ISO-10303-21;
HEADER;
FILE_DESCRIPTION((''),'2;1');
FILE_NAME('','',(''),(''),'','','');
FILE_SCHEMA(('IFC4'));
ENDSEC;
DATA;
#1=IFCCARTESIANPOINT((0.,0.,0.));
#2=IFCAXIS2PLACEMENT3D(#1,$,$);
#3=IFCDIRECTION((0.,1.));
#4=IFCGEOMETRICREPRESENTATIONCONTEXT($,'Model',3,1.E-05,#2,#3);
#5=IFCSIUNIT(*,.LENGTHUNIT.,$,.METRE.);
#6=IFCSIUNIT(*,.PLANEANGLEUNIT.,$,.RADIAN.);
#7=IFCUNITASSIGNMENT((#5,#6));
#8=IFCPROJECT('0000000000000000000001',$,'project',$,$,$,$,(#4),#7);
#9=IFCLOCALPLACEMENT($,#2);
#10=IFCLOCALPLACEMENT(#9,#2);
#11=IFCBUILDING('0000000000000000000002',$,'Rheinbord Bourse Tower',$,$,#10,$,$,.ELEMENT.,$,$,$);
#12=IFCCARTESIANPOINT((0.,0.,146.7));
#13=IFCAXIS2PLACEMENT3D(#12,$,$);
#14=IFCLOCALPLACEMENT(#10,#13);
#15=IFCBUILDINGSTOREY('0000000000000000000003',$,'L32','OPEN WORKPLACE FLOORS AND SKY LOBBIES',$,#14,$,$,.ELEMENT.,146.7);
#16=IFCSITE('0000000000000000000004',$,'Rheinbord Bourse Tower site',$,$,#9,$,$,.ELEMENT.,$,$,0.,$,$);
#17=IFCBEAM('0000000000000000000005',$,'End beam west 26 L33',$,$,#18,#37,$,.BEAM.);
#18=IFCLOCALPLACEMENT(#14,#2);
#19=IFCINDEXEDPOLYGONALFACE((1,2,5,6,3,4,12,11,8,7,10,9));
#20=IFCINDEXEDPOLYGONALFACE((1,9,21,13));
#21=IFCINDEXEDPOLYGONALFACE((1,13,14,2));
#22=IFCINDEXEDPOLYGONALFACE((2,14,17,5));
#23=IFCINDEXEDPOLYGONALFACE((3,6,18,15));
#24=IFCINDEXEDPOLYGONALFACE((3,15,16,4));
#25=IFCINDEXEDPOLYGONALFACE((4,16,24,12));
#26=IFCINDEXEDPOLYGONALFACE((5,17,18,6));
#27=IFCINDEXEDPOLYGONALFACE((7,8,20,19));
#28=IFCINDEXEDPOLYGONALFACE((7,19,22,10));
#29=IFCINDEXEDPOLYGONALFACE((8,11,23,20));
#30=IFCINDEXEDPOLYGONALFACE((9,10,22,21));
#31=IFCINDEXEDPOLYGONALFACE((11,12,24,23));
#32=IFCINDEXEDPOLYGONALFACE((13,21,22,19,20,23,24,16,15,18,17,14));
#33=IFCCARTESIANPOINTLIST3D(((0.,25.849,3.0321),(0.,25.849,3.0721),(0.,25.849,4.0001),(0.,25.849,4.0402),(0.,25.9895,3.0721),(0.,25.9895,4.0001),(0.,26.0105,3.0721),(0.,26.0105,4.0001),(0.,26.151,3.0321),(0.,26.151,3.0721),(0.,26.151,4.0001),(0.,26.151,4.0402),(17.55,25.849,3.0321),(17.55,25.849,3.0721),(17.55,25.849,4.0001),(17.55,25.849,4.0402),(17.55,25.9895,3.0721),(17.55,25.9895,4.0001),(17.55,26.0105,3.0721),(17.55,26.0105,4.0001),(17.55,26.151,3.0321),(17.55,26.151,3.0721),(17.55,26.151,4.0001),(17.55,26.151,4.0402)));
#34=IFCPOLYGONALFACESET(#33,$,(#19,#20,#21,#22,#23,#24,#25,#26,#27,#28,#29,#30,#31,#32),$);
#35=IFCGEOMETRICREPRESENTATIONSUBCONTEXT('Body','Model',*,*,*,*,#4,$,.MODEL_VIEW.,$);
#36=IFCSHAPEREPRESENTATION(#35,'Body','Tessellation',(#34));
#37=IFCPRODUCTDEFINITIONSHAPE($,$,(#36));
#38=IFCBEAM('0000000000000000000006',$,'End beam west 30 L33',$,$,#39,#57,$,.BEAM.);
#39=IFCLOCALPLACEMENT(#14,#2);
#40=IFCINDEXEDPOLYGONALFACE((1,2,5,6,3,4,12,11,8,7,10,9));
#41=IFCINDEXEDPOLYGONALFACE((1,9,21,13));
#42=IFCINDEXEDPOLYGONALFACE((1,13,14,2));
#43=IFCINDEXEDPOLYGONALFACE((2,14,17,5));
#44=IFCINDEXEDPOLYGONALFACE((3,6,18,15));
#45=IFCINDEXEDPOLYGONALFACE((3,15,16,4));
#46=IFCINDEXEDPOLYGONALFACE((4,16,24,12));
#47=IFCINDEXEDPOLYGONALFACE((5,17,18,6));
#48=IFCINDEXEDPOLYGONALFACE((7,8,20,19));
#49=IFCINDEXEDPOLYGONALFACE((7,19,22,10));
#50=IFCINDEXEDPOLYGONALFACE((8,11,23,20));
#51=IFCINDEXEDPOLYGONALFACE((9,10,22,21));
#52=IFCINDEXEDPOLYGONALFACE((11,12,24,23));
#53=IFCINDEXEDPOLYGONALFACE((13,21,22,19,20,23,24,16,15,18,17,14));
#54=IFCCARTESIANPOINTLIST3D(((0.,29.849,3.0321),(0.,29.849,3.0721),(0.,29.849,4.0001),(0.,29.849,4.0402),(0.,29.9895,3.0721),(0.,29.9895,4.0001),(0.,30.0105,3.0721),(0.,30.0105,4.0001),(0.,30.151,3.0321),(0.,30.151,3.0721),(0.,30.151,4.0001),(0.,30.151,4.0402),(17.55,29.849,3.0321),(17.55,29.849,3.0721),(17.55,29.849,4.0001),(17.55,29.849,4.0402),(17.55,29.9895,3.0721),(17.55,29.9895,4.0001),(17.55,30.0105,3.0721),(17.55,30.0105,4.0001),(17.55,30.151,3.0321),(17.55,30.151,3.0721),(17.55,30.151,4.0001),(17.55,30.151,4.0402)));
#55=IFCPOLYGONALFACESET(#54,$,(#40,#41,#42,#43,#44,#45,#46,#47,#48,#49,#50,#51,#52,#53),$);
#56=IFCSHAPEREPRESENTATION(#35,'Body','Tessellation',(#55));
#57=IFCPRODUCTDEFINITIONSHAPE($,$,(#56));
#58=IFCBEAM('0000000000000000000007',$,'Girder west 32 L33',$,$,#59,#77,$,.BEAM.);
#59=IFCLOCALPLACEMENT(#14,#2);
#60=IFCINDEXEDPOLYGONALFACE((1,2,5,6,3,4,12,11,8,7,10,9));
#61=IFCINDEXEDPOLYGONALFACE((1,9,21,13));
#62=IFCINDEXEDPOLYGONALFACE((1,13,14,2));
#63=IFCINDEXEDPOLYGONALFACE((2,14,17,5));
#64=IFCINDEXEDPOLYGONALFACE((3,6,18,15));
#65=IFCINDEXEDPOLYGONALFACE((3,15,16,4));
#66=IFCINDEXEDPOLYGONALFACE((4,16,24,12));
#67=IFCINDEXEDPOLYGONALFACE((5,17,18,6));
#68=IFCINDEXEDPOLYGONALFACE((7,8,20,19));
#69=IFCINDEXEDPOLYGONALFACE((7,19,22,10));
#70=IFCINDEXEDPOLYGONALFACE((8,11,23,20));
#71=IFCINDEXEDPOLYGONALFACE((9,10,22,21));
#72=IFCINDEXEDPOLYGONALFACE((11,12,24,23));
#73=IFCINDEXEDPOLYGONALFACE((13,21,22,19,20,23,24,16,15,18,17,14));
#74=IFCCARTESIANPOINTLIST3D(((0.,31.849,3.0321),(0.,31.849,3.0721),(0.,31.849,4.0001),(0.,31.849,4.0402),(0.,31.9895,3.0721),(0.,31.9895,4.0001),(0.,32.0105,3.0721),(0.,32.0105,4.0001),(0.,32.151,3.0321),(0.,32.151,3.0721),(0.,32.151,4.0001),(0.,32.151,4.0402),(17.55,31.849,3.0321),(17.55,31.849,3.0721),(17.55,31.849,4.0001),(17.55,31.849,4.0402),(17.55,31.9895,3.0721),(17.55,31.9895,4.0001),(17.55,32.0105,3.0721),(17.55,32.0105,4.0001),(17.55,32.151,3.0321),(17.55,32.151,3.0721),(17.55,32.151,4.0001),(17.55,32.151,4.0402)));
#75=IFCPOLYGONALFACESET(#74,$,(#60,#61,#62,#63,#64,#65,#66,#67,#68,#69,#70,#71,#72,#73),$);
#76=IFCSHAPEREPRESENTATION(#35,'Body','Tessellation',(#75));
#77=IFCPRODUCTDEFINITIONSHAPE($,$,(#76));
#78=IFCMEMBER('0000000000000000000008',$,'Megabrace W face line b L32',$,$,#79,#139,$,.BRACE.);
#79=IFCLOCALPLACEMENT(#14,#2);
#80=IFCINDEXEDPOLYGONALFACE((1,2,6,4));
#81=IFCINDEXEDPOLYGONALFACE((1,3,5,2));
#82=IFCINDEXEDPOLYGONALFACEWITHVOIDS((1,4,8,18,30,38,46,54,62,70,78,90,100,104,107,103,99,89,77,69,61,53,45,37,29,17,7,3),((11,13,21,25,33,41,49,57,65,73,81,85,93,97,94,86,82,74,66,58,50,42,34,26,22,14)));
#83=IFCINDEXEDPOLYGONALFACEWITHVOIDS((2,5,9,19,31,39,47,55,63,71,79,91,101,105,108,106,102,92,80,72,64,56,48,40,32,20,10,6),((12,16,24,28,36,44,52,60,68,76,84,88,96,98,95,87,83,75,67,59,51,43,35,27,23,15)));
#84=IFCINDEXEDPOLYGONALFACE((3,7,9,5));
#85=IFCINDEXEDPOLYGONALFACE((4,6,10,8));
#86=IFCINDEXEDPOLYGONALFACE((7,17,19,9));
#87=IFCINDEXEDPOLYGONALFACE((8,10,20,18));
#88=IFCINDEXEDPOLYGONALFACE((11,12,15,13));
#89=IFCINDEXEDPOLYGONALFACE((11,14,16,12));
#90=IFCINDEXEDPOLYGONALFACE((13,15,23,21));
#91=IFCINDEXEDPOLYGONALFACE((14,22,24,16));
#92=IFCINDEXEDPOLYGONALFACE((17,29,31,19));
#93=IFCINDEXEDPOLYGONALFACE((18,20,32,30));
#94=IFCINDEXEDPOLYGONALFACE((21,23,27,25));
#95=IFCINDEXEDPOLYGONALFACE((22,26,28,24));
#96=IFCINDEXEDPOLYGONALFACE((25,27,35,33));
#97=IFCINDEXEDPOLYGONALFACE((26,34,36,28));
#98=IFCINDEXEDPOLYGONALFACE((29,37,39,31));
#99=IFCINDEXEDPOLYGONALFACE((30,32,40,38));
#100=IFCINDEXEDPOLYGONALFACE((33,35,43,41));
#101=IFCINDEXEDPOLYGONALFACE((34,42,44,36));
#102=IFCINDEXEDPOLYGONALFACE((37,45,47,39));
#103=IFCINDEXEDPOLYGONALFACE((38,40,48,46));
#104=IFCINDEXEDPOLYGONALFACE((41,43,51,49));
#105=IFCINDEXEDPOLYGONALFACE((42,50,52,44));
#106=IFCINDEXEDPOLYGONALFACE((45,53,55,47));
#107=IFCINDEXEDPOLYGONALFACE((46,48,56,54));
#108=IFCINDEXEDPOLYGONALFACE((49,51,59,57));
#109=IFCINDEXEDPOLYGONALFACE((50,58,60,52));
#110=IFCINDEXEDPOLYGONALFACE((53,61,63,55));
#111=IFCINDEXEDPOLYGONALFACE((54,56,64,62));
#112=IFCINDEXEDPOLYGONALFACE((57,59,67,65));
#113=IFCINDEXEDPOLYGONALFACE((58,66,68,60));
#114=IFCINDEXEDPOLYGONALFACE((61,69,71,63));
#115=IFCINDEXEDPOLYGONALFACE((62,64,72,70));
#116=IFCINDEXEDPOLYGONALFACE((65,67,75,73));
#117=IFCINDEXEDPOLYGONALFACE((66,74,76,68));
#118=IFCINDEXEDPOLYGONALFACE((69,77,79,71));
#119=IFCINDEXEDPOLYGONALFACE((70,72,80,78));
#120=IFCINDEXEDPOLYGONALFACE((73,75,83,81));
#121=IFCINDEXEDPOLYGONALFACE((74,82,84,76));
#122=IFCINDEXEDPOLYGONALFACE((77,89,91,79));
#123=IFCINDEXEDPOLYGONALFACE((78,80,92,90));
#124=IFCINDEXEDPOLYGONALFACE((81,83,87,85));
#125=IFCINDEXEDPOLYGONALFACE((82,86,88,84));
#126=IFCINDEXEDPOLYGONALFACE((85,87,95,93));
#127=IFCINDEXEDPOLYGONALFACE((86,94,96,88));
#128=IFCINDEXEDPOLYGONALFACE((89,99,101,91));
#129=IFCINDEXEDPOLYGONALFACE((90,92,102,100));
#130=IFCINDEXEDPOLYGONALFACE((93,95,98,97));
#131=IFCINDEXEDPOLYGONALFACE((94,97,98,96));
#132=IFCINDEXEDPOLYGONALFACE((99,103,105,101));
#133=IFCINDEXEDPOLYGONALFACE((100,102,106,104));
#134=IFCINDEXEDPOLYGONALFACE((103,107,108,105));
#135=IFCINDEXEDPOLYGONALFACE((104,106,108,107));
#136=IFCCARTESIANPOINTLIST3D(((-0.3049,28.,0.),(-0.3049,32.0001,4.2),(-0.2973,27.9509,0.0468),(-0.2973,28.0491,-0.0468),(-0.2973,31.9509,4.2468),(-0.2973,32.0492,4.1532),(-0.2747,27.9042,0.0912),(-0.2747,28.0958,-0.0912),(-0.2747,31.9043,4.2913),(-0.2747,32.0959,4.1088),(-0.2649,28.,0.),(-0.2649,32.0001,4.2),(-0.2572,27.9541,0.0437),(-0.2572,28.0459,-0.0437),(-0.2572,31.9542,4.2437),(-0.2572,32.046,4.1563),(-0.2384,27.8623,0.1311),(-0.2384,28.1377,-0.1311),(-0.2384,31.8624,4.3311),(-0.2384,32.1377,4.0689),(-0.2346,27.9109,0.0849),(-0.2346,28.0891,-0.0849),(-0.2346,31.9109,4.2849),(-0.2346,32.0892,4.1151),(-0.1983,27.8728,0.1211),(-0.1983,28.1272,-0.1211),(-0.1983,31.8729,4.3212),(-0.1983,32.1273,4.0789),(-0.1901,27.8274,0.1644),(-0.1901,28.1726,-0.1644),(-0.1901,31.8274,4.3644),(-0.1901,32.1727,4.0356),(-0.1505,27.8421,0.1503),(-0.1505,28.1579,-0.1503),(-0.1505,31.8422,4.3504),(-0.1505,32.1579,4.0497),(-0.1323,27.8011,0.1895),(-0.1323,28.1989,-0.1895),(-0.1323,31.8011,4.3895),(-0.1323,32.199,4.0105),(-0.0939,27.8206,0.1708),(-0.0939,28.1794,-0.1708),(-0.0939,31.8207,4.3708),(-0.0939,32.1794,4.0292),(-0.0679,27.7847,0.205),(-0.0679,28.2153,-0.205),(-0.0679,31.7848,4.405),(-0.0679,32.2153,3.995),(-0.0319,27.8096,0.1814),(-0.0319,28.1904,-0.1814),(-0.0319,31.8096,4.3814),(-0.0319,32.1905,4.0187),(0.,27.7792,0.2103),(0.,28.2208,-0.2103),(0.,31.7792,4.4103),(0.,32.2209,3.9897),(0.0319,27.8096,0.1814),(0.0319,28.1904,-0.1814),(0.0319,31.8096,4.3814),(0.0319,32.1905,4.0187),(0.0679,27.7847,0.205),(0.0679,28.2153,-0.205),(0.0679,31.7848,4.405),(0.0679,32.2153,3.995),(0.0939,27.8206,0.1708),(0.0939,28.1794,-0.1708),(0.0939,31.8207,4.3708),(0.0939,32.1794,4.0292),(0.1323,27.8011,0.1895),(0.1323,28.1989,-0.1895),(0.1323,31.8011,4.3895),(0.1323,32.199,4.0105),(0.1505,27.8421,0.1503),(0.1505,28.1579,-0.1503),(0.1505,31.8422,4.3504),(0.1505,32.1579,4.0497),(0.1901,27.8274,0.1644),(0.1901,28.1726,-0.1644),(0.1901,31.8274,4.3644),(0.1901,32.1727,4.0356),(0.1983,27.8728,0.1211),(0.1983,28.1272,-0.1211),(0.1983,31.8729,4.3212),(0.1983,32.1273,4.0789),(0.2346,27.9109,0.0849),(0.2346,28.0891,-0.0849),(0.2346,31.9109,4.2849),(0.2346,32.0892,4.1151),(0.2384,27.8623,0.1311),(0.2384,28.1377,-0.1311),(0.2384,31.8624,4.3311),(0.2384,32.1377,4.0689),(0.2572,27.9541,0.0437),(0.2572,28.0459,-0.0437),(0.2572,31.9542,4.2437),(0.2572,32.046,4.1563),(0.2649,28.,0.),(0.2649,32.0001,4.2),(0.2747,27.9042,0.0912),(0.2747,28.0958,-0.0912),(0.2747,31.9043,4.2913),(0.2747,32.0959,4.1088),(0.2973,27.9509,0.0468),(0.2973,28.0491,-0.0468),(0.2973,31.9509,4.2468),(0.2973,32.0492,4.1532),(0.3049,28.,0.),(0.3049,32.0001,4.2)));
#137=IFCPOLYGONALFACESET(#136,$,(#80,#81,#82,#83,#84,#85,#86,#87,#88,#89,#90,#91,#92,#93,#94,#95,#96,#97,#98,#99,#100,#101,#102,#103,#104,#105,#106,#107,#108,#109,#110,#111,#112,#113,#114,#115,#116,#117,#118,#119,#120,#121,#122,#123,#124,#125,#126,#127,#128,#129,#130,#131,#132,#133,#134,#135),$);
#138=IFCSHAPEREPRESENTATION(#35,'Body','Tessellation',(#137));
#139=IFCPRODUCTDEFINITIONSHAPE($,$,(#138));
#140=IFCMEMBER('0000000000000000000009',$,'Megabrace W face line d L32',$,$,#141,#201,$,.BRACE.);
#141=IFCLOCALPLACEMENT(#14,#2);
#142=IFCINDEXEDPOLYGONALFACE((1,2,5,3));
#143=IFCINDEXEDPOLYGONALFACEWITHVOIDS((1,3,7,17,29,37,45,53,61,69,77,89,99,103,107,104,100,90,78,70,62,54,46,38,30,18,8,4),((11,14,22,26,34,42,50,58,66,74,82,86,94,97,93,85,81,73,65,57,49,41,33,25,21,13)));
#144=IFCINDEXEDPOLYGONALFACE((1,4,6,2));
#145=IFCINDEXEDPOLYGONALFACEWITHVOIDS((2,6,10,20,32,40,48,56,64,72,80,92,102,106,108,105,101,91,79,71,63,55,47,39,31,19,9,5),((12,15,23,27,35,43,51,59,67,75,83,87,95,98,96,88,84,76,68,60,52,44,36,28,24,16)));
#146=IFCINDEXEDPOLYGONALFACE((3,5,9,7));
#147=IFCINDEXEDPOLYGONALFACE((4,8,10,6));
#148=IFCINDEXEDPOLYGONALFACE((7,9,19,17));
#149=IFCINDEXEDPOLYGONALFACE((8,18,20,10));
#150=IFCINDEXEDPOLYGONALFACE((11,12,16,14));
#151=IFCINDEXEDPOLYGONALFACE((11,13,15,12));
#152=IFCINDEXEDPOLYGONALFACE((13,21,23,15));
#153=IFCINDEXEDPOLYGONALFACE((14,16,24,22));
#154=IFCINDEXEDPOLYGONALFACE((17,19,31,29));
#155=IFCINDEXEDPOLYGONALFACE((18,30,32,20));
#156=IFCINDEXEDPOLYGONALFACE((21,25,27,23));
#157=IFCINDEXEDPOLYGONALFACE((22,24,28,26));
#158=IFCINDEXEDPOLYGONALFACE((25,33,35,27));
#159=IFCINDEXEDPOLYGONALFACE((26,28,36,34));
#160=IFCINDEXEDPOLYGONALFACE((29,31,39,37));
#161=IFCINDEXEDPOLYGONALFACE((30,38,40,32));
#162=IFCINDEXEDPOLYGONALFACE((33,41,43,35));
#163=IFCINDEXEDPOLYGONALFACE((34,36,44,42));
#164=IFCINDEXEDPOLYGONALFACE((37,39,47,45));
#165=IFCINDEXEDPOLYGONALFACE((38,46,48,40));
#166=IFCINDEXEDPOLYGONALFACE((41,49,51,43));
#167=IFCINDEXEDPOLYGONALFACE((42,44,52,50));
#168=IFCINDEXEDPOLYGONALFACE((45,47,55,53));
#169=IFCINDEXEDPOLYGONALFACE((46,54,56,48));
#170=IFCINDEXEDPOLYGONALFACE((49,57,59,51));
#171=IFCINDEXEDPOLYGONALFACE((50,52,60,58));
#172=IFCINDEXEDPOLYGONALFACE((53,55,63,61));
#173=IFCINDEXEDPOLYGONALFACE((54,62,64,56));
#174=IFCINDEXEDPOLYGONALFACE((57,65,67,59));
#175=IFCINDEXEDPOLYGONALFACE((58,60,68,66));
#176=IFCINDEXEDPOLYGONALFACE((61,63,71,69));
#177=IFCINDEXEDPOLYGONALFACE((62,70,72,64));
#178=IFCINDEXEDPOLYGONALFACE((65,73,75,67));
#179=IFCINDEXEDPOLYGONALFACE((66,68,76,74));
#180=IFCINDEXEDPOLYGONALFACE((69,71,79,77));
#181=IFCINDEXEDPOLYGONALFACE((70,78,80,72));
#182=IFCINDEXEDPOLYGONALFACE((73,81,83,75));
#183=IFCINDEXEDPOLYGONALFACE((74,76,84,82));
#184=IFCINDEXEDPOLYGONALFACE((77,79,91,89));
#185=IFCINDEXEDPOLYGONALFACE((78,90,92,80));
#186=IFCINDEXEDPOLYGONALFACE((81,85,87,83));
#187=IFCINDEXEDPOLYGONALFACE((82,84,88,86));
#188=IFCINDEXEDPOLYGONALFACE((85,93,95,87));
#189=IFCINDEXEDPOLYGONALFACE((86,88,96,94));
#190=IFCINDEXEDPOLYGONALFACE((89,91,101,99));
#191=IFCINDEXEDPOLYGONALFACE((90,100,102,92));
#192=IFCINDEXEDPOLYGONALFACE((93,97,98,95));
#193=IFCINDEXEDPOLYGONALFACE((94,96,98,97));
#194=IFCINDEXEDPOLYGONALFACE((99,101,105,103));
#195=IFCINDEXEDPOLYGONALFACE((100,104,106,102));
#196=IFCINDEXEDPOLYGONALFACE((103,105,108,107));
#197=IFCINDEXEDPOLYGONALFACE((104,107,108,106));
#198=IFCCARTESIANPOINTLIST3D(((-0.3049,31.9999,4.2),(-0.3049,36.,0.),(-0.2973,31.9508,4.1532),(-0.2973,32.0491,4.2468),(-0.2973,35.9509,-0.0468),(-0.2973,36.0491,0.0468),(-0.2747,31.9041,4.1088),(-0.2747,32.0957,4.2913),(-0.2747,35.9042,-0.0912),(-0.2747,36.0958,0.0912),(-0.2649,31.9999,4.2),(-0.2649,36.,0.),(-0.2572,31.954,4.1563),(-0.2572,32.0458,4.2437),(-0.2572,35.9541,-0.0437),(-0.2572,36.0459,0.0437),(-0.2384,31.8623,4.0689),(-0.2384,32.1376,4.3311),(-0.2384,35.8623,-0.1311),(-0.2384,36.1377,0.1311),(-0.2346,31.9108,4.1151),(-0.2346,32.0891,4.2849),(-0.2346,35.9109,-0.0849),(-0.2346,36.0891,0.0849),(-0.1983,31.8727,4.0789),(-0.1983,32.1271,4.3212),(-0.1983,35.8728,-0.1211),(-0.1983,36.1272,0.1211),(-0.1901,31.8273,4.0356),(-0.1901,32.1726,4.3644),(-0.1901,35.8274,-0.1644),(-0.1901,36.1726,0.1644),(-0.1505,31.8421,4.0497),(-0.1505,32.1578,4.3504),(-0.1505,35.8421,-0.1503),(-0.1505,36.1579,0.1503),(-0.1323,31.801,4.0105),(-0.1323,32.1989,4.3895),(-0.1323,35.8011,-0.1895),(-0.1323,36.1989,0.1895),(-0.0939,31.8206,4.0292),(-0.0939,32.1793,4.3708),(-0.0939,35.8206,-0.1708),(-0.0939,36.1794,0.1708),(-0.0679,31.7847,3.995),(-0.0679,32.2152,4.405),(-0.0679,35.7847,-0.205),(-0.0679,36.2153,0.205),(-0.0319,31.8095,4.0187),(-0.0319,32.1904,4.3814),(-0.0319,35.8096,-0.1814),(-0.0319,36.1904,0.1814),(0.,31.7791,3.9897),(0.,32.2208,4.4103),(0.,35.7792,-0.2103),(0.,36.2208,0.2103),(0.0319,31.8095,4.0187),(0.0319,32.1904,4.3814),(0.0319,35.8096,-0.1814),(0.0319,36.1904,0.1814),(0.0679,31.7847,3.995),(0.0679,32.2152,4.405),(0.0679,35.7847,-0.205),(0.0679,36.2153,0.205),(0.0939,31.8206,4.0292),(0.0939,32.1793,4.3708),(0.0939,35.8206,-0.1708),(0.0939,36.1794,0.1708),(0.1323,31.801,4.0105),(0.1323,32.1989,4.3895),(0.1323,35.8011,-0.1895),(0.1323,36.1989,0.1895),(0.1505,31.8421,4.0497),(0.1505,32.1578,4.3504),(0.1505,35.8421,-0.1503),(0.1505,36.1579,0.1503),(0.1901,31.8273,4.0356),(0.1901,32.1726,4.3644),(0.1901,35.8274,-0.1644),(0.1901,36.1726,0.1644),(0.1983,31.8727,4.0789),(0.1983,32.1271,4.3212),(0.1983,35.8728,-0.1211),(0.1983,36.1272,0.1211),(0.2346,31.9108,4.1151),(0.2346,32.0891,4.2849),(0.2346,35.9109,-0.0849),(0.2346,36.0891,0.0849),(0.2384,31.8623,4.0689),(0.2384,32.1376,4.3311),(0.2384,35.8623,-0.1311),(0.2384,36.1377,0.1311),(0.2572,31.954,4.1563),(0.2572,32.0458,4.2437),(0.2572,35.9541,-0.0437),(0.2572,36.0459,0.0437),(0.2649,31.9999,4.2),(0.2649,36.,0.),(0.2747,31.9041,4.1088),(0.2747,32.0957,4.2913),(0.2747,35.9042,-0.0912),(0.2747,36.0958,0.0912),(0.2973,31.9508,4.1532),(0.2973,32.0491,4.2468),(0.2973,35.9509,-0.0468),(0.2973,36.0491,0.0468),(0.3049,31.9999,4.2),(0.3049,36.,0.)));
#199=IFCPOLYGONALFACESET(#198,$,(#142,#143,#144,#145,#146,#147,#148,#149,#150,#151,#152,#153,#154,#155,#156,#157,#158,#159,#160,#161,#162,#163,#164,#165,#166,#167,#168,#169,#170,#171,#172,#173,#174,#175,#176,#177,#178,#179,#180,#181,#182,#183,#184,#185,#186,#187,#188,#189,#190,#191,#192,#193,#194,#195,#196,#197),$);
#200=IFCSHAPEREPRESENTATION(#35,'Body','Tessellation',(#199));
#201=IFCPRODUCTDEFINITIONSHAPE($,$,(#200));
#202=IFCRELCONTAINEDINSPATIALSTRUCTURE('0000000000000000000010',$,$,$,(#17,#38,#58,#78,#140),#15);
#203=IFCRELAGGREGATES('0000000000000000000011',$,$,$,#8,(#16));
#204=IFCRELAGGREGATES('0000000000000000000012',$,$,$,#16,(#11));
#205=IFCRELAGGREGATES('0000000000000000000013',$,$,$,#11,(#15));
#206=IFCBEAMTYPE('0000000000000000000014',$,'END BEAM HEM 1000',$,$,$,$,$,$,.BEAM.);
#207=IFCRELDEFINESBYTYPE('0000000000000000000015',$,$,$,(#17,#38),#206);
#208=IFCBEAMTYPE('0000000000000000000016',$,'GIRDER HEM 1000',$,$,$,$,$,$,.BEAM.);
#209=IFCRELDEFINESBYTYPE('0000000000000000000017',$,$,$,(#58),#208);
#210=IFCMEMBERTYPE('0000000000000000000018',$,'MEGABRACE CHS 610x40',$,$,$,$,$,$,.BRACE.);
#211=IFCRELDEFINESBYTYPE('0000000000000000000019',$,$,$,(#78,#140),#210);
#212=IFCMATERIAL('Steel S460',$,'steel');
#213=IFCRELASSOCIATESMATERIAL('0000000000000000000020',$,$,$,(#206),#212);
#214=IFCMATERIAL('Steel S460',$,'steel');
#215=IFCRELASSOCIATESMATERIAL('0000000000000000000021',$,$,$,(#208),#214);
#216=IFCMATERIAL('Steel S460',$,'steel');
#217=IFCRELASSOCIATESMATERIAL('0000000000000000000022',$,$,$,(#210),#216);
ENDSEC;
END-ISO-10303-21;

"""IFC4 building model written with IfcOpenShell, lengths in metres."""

from ifc_helpers import new_model, si_unit, direction, frame, origin, origin_2d, place, context, subcontext, project, spatial, hollow_circle, i_section, extrude, material, material_profile, profile_set, type_object, element, save


model = new_model("IFC4")

# Units and contexts
model_context = context("Model", 3, precision=1e-05, world=origin(), true_north=direction((0.0, 1.0)))
body_context = subcontext(model_context, "Body", "Model", "MODEL_VIEW")
ifc_project = project(units=[si_unit("LENGTHUNIT", "METRE"), si_unit("PLANEANGLEUNIT", "RADIAN")], contexts=[model_context])

# Site, building, storey
site_placement = place(None, origin())
site = spatial("IfcSite", under=ifc_project, at=site_placement, Name="Rheinbord Bourse Tower site", CompositionType="ELEMENT", RefElevation=0.0)
building_placement = place(site_placement, origin())
building = spatial("IfcBuilding", under=site, at=building_placement, Name="Rheinbord Bourse Tower", CompositionType="ELEMENT")
storey_placement = place(building_placement, frame((0.0, 0.0, 146.7)))
storey = spatial("IfcBuildingStorey", under=building, at=storey_placement, Name="L32", Description="OPEN WORKPLACE FLOORS AND SKY LOBBIES", CompositionType="ELEMENT", Elevation=146.7)

# Beams
ifc_material_1 = material(Name="Steel S460", Category="steel")
ifc_material_profile_1 = material_profile(ifc_material_1, i_section(OverallWidth=0.302, OverallDepth=1.0081, WebThickness=0.021, FlangeThickness=0.04, at=origin_2d()), Name="HEM 1000")
ifc_profile_set_1 = profile_set([ifc_material_profile_1], Name="Steel S460")
beam_type_1 = type_object("IfcBeamType", Name="END BEAM HEM 1000", PredefinedType="BEAM", material=ifc_profile_set_1)
for number, where, z_axis, x_axis, name in (
    (1, (0.0, 26.0, 3.5361), (1.0, 0.0, 0.0), (0.0, 1.0, 0.0), "End beam west 26 L33"),
    (2, (0.0, 30.0, 3.5361), (1.0, 0.0, 0.0), (0.0, 1.0, 0.0), "End beam west 30 L33"),
):
    element("IfcBeam", number, at=place(storey_placement, frame(where, z_axis=z_axis, x_axis=x_axis)), inside=storey, type_object=beam_type_1, Name=name, PredefinedType="BEAM", context=body_context, shape_type="SweptSolid", body=[
        extrude(i_section(OverallWidth=0.302, OverallDepth=1.0081, WebThickness=0.021, FlangeThickness=0.04, at=origin_2d()), origin(), (0.0, 0.0, 1.0), 17.55),
    ])
ifc_material_2 = material(Name="Steel S460", Category="steel")
ifc_material_profile_2 = material_profile(ifc_material_2, i_section(OverallWidth=0.302, OverallDepth=1.0081, WebThickness=0.021, FlangeThickness=0.04, at=origin_2d()), Name="HEM 1000")
ifc_profile_set_2 = profile_set([ifc_material_profile_2], Name="Steel S460")
beam_type_2 = type_object("IfcBeamType", Name="GIRDER HEM 1000", PredefinedType="BEAM", material=ifc_profile_set_2)
beam_1_placement = place(storey_placement, frame((0.0, 32.0, 3.5361), z_axis=(1.0, 0.0, 0.0), x_axis=(0.0, 1.0, 0.0)))
element("IfcBeam", 3, at=beam_1_placement, inside=storey, type_object=beam_type_2, Name="Girder west 32 L33", PredefinedType="BEAM", context=body_context, shape_type="SweptSolid", body=[
    extrude(i_section(OverallWidth=0.302, OverallDepth=1.0081, WebThickness=0.021, FlangeThickness=0.04, at=origin_2d()), origin(), (0.0, 0.0, 1.0), 17.55),
])

# Members
ifc_material_3 = material(Name="Steel S460", Category="steel")
ifc_material_profile_3 = material_profile(ifc_material_3, hollow_circle(Radius=0.3049, WallThickness=0.04, at=origin_2d()), Name="CHS 610x40")
ifc_profile_set_3 = profile_set([ifc_material_profile_3], Name="Steel S460")
member_type_1 = type_object("IfcMemberType", Name="MEGABRACE CHS 610x40", PredefinedType="BRACE", material=ifc_profile_set_3)
for number, where, z_axis, x_axis, name in (
    (4, (0.0, 28.0, 0.0), (0.0, 0.689659, 0.724134), (-1.0, 0.0, 0.0), "Megabrace W face line b L32"),
    (5, (0.0, 36.0, 0.0), (0.0, -0.689659, 0.724134), (1.0, 0.0, 0.0), "Megabrace W face line d L32"),
):
    element("IfcMember", number, at=place(storey_placement, frame(where, z_axis=z_axis, x_axis=x_axis)), inside=storey, type_object=member_type_1, Name=name, PredefinedType="BRACE", context=body_context, shape_type="SweptSolid", body=[
        extrude(hollow_circle(Radius=0.3049, WallThickness=0.04, at=origin_2d()), origin(), (0.0, 0.0, 1.0), 5.8),
    ])

save(model, "model.ifc")
